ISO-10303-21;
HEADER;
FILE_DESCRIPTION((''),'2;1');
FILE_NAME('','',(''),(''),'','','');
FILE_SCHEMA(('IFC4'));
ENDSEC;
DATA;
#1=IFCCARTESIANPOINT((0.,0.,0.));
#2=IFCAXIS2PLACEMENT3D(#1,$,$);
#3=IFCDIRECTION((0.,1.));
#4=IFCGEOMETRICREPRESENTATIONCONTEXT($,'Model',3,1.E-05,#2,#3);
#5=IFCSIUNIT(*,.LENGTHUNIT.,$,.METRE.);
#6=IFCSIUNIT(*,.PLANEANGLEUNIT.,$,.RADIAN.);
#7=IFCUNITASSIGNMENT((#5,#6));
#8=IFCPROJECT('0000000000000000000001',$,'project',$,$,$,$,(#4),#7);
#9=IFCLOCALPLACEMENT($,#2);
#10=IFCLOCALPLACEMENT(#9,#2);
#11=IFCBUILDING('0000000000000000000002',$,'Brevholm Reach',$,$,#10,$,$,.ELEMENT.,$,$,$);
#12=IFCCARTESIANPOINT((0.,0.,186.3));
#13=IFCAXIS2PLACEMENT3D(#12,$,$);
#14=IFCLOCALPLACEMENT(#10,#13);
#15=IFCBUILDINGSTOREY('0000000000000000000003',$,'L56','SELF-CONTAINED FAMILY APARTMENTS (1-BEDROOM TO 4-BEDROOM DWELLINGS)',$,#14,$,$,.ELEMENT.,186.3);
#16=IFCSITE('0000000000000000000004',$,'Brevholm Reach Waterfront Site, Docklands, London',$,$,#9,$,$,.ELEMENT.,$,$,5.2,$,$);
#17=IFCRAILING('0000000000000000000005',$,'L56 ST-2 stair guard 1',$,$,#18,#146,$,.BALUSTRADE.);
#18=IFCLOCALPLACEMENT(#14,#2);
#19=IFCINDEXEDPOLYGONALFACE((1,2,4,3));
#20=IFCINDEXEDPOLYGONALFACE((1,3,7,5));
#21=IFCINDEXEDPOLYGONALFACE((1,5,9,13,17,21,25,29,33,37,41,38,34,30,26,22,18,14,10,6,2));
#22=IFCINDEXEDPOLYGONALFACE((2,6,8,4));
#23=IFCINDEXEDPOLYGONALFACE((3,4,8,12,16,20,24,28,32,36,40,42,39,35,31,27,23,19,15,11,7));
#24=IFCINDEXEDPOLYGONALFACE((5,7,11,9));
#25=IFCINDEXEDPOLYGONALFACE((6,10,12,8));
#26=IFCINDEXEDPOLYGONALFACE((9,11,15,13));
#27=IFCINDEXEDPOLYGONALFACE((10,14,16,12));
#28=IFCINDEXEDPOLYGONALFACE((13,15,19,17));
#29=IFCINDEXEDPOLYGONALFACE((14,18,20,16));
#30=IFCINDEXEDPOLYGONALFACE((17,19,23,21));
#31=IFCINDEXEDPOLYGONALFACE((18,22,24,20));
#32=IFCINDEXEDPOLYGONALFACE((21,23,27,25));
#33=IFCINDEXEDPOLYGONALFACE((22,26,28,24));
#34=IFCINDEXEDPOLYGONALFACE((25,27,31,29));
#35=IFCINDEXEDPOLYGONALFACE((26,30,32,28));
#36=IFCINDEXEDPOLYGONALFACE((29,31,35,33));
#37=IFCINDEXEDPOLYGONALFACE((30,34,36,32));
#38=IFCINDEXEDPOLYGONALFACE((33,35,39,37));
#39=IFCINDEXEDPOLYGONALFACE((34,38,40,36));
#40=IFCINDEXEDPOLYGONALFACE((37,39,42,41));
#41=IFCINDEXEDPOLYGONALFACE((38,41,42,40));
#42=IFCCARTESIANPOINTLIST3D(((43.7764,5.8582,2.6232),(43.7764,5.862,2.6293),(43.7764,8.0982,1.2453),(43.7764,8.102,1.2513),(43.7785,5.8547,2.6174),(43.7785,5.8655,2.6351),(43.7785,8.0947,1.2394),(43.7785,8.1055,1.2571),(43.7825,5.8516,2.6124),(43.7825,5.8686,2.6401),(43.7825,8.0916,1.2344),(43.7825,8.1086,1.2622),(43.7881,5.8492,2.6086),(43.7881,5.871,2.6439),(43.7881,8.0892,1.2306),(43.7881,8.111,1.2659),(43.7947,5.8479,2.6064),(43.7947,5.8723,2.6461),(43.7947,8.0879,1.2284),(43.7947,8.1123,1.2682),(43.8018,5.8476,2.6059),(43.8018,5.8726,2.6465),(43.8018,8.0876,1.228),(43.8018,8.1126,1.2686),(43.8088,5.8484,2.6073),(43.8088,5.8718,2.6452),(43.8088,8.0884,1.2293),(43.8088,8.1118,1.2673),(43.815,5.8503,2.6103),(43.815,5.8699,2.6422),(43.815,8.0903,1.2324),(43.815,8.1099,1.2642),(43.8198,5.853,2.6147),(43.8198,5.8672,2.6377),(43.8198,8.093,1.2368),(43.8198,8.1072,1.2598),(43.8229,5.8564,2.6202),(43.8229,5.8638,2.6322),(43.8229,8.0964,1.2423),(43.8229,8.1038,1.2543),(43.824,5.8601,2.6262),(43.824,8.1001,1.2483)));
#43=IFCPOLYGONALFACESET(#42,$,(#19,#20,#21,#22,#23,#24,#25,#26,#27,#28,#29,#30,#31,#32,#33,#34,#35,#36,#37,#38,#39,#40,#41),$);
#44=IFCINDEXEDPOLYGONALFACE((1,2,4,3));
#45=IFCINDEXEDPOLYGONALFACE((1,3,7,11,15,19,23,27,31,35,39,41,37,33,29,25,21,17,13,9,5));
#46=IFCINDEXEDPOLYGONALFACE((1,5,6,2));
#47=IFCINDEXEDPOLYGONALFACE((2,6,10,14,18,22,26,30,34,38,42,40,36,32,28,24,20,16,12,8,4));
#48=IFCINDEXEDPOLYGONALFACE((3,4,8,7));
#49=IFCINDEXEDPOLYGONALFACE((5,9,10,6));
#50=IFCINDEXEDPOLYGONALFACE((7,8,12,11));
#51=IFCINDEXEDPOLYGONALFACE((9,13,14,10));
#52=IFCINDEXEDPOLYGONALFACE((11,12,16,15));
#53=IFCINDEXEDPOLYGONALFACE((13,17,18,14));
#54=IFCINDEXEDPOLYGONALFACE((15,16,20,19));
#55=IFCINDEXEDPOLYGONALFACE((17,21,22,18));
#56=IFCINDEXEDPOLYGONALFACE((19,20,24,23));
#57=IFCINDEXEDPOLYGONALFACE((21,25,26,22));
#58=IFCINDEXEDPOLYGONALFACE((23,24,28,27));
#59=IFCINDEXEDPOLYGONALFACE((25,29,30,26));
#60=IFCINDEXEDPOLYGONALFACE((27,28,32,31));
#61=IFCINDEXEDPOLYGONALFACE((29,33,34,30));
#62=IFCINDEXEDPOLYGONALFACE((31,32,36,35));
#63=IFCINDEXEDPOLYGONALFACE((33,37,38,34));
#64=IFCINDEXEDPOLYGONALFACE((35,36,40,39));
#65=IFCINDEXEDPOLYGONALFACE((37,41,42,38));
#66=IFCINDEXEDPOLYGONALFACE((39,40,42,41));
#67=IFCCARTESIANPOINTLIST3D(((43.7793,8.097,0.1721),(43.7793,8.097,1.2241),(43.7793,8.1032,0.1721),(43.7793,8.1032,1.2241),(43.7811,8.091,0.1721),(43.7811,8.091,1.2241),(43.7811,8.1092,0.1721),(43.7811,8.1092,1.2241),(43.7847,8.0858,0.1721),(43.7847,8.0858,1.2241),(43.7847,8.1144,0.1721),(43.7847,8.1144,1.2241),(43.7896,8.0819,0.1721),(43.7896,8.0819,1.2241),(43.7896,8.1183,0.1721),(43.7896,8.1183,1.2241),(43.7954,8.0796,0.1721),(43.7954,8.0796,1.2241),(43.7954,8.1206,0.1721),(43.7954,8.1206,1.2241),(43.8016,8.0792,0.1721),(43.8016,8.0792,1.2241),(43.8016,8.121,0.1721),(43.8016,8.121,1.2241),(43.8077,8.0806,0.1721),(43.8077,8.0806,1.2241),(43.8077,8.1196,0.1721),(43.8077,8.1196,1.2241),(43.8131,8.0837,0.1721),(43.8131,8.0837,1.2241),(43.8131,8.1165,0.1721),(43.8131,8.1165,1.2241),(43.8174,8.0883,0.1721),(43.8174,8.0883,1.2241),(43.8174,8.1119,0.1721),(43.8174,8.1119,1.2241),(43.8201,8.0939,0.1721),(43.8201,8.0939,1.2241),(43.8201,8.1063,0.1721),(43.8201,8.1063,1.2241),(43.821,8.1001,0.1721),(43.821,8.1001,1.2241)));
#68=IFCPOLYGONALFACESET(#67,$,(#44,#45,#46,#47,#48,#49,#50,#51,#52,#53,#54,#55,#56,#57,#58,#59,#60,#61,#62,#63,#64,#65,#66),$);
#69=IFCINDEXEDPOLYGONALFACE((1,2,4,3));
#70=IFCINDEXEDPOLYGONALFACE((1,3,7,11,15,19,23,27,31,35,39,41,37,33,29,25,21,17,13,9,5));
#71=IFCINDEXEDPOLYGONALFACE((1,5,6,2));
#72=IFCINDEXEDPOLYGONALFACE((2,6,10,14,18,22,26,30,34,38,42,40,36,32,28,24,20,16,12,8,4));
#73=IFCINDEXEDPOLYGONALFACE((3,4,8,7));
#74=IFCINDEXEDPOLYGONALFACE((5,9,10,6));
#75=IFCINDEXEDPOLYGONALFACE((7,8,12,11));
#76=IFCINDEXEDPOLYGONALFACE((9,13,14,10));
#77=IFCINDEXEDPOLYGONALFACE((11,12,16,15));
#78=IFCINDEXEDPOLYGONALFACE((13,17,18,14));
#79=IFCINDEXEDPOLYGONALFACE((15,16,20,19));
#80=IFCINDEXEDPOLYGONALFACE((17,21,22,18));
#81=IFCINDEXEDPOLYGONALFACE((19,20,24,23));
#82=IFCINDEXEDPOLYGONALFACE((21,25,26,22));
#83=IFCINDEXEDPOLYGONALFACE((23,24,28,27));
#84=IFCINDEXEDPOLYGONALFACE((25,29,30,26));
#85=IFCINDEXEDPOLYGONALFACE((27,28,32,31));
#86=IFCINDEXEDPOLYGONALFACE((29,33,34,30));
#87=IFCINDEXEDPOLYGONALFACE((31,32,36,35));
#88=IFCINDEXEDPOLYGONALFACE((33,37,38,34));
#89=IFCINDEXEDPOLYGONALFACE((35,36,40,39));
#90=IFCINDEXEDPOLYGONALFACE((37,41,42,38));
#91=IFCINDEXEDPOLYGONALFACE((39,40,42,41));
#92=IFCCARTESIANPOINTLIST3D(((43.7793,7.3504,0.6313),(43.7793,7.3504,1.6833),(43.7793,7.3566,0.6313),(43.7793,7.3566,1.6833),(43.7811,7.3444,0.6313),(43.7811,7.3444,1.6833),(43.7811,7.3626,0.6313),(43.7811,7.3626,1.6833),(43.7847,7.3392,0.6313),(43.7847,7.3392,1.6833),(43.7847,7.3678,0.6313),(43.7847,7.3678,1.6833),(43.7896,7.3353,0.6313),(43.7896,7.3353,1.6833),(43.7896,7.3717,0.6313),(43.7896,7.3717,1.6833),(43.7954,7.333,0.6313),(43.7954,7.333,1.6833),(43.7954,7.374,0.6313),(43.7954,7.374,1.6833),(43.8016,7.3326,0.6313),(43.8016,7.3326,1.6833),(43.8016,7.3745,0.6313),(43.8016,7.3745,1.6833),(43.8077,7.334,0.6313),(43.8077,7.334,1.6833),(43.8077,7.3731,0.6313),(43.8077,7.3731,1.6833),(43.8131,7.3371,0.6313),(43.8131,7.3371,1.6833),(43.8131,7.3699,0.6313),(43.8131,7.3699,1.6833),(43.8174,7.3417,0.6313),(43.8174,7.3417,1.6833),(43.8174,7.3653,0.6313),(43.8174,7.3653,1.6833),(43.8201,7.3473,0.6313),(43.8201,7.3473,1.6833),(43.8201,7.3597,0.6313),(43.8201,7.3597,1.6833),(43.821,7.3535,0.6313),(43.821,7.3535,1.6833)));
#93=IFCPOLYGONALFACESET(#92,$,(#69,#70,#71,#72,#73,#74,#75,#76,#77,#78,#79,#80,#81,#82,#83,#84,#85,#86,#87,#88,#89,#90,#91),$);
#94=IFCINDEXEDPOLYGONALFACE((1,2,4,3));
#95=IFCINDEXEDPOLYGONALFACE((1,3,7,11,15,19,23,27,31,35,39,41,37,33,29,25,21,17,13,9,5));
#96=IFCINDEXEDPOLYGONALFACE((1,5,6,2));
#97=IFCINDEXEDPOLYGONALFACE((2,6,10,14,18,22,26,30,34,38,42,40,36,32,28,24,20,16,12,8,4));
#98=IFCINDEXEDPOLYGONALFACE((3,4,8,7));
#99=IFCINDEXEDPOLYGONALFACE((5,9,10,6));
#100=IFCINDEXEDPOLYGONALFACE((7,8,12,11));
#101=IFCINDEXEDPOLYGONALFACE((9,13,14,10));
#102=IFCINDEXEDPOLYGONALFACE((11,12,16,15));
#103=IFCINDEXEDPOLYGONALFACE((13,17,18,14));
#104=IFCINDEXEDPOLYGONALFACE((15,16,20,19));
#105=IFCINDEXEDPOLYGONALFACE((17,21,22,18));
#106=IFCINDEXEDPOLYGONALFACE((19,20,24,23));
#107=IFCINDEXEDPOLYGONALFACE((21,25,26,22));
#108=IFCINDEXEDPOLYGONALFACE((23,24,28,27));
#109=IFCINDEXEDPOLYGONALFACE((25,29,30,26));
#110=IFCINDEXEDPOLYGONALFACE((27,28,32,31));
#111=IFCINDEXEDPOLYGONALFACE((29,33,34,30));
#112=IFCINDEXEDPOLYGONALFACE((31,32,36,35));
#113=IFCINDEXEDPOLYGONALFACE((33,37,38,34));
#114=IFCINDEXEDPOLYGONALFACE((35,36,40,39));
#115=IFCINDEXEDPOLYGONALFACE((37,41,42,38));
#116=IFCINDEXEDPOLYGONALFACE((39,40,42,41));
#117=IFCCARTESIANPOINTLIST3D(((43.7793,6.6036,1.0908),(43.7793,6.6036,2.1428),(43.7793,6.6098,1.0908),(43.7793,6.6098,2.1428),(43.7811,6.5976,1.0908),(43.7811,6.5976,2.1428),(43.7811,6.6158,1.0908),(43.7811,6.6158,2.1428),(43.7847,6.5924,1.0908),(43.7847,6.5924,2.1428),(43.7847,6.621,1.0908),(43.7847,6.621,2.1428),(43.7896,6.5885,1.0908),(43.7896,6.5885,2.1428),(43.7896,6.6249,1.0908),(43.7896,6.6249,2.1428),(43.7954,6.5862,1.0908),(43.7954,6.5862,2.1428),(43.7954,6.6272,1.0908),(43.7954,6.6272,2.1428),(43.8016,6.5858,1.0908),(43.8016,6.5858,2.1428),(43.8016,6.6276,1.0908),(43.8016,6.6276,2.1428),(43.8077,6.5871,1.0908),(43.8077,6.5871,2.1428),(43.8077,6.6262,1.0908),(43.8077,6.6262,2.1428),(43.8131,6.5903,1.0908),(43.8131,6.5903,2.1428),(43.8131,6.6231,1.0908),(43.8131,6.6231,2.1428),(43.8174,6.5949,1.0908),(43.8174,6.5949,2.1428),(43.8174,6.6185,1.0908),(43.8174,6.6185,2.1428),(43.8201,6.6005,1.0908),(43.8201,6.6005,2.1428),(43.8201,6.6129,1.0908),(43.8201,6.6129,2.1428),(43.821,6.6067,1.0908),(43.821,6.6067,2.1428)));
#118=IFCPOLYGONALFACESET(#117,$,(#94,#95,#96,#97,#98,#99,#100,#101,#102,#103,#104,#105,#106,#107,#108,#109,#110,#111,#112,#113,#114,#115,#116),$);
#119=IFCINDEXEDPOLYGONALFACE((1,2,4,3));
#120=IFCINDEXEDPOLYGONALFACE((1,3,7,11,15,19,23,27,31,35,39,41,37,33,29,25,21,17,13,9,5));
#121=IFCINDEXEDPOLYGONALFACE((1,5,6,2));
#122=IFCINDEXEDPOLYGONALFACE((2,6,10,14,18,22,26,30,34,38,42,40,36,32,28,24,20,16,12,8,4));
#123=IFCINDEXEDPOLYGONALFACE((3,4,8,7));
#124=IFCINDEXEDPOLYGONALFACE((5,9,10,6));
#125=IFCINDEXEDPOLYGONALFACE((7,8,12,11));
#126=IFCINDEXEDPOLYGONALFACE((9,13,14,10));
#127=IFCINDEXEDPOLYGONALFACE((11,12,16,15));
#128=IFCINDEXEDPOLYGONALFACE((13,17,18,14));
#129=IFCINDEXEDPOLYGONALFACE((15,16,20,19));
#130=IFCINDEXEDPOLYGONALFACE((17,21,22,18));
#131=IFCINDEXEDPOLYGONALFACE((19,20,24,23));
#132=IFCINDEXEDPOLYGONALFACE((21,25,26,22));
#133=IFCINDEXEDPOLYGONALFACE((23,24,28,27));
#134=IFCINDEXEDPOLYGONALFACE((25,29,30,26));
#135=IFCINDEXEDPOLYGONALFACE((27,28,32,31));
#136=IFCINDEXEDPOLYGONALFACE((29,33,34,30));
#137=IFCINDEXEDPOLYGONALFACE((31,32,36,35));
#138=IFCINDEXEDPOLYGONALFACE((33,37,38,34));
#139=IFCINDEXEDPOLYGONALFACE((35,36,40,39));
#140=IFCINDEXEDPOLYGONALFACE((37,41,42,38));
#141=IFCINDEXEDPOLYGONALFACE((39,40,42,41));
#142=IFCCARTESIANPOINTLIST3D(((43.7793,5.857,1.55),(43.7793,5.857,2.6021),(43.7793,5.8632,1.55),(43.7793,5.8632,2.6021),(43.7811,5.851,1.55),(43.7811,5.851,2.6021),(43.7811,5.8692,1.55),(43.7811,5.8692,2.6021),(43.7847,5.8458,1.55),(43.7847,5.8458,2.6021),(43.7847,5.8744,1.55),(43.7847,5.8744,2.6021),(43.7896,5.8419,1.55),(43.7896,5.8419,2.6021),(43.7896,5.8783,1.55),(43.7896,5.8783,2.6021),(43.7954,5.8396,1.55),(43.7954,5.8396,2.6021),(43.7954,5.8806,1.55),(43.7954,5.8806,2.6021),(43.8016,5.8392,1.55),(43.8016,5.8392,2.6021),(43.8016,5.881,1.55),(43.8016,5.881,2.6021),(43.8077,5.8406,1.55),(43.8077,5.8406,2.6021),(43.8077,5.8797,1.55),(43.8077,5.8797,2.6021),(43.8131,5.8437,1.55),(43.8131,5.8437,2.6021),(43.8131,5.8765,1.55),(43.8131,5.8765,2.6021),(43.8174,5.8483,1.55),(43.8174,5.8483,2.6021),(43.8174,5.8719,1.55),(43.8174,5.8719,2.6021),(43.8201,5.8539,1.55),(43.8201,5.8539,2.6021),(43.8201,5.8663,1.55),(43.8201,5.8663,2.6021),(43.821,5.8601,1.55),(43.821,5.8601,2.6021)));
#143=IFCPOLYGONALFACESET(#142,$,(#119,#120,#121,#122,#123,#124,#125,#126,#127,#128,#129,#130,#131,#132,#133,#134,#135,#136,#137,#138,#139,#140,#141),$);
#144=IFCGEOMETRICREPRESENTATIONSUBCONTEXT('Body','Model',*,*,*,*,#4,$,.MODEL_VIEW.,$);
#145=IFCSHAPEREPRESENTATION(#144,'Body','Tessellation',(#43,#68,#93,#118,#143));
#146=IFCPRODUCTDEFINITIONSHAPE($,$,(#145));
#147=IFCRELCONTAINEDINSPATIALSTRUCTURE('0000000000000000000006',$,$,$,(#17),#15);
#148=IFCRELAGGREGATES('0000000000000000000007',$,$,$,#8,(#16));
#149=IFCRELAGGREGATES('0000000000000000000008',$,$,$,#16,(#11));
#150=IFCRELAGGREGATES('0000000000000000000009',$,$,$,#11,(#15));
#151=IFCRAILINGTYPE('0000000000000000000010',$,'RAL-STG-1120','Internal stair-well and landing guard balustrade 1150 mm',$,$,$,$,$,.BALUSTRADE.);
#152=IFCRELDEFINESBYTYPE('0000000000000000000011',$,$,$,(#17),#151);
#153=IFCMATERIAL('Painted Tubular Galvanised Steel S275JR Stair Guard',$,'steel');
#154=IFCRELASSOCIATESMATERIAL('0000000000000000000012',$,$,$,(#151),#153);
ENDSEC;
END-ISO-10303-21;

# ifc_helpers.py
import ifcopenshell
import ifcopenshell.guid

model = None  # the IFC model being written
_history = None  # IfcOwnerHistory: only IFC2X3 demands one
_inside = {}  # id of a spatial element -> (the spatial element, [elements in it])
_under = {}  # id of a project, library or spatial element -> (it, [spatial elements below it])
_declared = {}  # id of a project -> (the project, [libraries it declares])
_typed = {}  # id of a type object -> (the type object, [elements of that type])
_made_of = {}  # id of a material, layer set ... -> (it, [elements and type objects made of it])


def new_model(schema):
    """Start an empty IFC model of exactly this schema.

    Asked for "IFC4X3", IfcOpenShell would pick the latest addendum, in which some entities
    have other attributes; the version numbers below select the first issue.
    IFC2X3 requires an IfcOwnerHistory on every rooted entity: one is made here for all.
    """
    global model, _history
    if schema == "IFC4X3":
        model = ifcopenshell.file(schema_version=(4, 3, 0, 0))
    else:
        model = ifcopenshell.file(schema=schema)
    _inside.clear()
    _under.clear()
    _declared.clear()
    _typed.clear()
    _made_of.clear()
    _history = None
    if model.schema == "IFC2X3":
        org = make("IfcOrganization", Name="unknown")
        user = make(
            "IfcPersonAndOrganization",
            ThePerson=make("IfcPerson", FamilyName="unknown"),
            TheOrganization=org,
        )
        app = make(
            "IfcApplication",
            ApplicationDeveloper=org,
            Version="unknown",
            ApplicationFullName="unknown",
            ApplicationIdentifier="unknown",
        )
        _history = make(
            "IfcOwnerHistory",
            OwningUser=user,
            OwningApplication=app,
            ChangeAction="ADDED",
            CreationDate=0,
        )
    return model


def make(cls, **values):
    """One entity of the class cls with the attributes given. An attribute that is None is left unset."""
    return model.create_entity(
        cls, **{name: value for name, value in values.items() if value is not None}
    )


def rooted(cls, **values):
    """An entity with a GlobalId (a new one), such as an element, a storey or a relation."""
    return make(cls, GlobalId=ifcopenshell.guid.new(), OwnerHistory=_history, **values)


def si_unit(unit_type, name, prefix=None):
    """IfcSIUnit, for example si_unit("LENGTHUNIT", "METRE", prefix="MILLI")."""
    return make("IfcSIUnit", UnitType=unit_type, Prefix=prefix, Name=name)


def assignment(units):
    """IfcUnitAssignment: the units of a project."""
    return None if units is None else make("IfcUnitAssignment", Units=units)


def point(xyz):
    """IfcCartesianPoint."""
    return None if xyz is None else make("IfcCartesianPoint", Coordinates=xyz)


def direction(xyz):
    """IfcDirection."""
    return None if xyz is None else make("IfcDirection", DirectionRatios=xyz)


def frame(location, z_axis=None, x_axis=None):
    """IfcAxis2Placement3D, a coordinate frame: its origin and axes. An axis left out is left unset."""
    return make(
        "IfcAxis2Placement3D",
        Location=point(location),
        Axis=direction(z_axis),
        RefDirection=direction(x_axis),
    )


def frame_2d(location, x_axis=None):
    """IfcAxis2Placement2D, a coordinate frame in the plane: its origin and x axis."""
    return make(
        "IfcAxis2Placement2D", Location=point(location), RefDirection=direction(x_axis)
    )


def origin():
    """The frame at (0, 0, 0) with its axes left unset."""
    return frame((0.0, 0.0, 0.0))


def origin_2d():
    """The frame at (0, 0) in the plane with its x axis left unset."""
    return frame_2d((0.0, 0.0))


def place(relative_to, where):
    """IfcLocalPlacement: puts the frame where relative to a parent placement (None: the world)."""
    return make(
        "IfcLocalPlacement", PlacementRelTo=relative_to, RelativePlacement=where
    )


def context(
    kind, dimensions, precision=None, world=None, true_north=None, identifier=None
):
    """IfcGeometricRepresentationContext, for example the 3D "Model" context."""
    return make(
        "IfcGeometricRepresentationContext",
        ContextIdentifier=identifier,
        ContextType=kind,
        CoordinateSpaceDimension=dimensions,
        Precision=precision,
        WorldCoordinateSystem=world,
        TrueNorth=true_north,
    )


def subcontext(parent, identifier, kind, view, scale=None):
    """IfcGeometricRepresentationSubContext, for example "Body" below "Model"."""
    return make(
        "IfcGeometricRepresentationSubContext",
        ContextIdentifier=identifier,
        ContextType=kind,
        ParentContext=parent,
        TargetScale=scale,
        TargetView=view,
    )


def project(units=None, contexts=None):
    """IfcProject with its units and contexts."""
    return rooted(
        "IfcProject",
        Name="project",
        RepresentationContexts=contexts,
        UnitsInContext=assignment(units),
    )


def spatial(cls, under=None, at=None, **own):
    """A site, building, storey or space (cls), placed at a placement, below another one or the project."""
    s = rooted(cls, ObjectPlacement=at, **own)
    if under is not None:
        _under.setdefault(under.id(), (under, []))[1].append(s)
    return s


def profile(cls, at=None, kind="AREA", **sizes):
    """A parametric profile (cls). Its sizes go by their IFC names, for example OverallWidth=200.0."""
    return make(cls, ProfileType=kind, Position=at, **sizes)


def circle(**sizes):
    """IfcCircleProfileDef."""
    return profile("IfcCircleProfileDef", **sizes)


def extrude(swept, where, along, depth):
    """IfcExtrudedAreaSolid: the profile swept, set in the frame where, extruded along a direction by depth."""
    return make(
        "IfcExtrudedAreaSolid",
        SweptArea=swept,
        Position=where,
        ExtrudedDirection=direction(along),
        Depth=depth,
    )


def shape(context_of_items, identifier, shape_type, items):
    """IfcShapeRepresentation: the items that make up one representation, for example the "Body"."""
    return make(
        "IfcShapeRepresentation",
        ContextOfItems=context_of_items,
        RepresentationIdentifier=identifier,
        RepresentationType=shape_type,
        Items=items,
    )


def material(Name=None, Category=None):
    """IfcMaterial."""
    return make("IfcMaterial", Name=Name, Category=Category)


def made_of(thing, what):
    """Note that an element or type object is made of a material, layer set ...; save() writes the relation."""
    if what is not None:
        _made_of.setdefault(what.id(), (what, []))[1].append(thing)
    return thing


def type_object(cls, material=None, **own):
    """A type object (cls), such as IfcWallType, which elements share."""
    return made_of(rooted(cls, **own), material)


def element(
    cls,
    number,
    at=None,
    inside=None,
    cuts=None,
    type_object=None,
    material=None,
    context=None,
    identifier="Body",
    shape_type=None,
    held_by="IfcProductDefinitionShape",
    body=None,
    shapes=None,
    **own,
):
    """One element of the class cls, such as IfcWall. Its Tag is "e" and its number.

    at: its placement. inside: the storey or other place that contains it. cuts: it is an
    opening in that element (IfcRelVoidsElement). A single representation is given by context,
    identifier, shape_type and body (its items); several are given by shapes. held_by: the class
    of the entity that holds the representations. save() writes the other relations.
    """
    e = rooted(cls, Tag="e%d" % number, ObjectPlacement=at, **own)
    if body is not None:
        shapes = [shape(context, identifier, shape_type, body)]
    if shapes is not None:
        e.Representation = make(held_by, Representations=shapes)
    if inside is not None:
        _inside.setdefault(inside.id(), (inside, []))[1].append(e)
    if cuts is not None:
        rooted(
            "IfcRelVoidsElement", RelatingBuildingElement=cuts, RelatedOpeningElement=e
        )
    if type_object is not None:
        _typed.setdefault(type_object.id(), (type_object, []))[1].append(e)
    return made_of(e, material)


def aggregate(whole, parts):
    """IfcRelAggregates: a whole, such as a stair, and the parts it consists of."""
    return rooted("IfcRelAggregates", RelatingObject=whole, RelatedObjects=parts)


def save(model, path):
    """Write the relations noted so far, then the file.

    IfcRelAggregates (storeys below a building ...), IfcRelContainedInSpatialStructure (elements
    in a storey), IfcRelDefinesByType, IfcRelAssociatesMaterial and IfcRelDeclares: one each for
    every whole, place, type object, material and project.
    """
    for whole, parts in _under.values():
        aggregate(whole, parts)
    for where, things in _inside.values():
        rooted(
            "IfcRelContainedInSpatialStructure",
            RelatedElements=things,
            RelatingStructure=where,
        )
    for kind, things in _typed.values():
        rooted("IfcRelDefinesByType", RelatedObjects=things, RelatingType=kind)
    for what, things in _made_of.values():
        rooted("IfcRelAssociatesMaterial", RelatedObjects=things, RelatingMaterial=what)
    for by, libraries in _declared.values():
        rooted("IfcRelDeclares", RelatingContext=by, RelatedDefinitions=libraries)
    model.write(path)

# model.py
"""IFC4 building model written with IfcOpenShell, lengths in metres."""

from ifc_helpers import new_model, si_unit, direction, frame, origin, origin_2d, place, context, subcontext, project, spatial, circle, extrude, material, type_object, element, save


model = new_model("IFC4")

# Units and contexts
model_context = context("Model", 3, precision=1e-05, world=origin(), true_north=direction((0.0, 1.0)))
body_context = subcontext(model_context, "Body", "Model", "MODEL_VIEW")
ifc_project = project(units=[si_unit("LENGTHUNIT", "METRE"), si_unit("PLANEANGLEUNIT", "RADIAN")], contexts=[model_context])

# Site, building, storey
site_placement = place(None, origin())
site = spatial("IfcSite", under=ifc_project, at=site_placement, Name="Brevholm Reach Waterfront Site, Docklands, London", CompositionType="ELEMENT", RefElevation=5.2)
building_placement = place(site_placement, origin())
building = spatial("IfcBuilding", under=site, at=building_placement, Name="Brevholm Reach", CompositionType="ELEMENT")
storey_placement = place(building_placement, frame((0.0, 0.0, 186.3)))
storey = spatial("IfcBuildingStorey", under=building, at=storey_placement, Name="L56", Description="SELF-CONTAINED FAMILY APARTMENTS (1-BEDROOM TO 4-BEDROOM DWELLINGS)", CompositionType="ELEMENT", Elevation=186.3)

# Railing
ifc_material_1 = material(Name="Painted Tubular Galvanised Steel S275JR Stair Guard", Category="steel")
railing_type_1 = type_object("IfcRailingType", Name="RAL-STG-1120", Description="Internal stair-well and landing guard balustrade 1150 mm", PredefinedType="BALUSTRADE", material=ifc_material_1)
railing_1_placement = place(storey_placement, frame((43.8, 8.1001, 0.1721)))
element("IfcRailing", 1, at=railing_1_placement, inside=storey, type_object=railing_type_1, Name="L56 ST-2 stair guard 1", PredefinedType="BALUSTRADE", context=body_context, shape_type="SweptSolid", body=[
    extrude(circle(Radius=0.0239, at=origin_2d()), frame((0.0, 0.0, 1.0762), z_axis=(0.0, -0.851748, 0.523952), x_axis=(1.0, 0.0, 0.0)), (0.0, 0.0, 1.0), 2.6299),
    extrude(circle(Radius=0.021, at=origin_2d()), origin(), (0.0, 0.0, 1.0), 1.052),
    extrude(circle(Radius=0.021, at=origin_2d()), frame((0.0, -0.7466, 0.4592)), (0.0, 0.0, 1.0), 1.052),
    extrude(circle(Radius=0.021, at=origin_2d()), frame((0.0, -1.4934, 0.9187)), (0.0, 0.0, 1.0), 1.052),
    extrude(circle(Radius=0.021, at=origin_2d()), frame((0.0, -2.24, 1.3779)), (0.0, 0.0, 1.0), 1.052),
])

save(model, "model.ifc")
